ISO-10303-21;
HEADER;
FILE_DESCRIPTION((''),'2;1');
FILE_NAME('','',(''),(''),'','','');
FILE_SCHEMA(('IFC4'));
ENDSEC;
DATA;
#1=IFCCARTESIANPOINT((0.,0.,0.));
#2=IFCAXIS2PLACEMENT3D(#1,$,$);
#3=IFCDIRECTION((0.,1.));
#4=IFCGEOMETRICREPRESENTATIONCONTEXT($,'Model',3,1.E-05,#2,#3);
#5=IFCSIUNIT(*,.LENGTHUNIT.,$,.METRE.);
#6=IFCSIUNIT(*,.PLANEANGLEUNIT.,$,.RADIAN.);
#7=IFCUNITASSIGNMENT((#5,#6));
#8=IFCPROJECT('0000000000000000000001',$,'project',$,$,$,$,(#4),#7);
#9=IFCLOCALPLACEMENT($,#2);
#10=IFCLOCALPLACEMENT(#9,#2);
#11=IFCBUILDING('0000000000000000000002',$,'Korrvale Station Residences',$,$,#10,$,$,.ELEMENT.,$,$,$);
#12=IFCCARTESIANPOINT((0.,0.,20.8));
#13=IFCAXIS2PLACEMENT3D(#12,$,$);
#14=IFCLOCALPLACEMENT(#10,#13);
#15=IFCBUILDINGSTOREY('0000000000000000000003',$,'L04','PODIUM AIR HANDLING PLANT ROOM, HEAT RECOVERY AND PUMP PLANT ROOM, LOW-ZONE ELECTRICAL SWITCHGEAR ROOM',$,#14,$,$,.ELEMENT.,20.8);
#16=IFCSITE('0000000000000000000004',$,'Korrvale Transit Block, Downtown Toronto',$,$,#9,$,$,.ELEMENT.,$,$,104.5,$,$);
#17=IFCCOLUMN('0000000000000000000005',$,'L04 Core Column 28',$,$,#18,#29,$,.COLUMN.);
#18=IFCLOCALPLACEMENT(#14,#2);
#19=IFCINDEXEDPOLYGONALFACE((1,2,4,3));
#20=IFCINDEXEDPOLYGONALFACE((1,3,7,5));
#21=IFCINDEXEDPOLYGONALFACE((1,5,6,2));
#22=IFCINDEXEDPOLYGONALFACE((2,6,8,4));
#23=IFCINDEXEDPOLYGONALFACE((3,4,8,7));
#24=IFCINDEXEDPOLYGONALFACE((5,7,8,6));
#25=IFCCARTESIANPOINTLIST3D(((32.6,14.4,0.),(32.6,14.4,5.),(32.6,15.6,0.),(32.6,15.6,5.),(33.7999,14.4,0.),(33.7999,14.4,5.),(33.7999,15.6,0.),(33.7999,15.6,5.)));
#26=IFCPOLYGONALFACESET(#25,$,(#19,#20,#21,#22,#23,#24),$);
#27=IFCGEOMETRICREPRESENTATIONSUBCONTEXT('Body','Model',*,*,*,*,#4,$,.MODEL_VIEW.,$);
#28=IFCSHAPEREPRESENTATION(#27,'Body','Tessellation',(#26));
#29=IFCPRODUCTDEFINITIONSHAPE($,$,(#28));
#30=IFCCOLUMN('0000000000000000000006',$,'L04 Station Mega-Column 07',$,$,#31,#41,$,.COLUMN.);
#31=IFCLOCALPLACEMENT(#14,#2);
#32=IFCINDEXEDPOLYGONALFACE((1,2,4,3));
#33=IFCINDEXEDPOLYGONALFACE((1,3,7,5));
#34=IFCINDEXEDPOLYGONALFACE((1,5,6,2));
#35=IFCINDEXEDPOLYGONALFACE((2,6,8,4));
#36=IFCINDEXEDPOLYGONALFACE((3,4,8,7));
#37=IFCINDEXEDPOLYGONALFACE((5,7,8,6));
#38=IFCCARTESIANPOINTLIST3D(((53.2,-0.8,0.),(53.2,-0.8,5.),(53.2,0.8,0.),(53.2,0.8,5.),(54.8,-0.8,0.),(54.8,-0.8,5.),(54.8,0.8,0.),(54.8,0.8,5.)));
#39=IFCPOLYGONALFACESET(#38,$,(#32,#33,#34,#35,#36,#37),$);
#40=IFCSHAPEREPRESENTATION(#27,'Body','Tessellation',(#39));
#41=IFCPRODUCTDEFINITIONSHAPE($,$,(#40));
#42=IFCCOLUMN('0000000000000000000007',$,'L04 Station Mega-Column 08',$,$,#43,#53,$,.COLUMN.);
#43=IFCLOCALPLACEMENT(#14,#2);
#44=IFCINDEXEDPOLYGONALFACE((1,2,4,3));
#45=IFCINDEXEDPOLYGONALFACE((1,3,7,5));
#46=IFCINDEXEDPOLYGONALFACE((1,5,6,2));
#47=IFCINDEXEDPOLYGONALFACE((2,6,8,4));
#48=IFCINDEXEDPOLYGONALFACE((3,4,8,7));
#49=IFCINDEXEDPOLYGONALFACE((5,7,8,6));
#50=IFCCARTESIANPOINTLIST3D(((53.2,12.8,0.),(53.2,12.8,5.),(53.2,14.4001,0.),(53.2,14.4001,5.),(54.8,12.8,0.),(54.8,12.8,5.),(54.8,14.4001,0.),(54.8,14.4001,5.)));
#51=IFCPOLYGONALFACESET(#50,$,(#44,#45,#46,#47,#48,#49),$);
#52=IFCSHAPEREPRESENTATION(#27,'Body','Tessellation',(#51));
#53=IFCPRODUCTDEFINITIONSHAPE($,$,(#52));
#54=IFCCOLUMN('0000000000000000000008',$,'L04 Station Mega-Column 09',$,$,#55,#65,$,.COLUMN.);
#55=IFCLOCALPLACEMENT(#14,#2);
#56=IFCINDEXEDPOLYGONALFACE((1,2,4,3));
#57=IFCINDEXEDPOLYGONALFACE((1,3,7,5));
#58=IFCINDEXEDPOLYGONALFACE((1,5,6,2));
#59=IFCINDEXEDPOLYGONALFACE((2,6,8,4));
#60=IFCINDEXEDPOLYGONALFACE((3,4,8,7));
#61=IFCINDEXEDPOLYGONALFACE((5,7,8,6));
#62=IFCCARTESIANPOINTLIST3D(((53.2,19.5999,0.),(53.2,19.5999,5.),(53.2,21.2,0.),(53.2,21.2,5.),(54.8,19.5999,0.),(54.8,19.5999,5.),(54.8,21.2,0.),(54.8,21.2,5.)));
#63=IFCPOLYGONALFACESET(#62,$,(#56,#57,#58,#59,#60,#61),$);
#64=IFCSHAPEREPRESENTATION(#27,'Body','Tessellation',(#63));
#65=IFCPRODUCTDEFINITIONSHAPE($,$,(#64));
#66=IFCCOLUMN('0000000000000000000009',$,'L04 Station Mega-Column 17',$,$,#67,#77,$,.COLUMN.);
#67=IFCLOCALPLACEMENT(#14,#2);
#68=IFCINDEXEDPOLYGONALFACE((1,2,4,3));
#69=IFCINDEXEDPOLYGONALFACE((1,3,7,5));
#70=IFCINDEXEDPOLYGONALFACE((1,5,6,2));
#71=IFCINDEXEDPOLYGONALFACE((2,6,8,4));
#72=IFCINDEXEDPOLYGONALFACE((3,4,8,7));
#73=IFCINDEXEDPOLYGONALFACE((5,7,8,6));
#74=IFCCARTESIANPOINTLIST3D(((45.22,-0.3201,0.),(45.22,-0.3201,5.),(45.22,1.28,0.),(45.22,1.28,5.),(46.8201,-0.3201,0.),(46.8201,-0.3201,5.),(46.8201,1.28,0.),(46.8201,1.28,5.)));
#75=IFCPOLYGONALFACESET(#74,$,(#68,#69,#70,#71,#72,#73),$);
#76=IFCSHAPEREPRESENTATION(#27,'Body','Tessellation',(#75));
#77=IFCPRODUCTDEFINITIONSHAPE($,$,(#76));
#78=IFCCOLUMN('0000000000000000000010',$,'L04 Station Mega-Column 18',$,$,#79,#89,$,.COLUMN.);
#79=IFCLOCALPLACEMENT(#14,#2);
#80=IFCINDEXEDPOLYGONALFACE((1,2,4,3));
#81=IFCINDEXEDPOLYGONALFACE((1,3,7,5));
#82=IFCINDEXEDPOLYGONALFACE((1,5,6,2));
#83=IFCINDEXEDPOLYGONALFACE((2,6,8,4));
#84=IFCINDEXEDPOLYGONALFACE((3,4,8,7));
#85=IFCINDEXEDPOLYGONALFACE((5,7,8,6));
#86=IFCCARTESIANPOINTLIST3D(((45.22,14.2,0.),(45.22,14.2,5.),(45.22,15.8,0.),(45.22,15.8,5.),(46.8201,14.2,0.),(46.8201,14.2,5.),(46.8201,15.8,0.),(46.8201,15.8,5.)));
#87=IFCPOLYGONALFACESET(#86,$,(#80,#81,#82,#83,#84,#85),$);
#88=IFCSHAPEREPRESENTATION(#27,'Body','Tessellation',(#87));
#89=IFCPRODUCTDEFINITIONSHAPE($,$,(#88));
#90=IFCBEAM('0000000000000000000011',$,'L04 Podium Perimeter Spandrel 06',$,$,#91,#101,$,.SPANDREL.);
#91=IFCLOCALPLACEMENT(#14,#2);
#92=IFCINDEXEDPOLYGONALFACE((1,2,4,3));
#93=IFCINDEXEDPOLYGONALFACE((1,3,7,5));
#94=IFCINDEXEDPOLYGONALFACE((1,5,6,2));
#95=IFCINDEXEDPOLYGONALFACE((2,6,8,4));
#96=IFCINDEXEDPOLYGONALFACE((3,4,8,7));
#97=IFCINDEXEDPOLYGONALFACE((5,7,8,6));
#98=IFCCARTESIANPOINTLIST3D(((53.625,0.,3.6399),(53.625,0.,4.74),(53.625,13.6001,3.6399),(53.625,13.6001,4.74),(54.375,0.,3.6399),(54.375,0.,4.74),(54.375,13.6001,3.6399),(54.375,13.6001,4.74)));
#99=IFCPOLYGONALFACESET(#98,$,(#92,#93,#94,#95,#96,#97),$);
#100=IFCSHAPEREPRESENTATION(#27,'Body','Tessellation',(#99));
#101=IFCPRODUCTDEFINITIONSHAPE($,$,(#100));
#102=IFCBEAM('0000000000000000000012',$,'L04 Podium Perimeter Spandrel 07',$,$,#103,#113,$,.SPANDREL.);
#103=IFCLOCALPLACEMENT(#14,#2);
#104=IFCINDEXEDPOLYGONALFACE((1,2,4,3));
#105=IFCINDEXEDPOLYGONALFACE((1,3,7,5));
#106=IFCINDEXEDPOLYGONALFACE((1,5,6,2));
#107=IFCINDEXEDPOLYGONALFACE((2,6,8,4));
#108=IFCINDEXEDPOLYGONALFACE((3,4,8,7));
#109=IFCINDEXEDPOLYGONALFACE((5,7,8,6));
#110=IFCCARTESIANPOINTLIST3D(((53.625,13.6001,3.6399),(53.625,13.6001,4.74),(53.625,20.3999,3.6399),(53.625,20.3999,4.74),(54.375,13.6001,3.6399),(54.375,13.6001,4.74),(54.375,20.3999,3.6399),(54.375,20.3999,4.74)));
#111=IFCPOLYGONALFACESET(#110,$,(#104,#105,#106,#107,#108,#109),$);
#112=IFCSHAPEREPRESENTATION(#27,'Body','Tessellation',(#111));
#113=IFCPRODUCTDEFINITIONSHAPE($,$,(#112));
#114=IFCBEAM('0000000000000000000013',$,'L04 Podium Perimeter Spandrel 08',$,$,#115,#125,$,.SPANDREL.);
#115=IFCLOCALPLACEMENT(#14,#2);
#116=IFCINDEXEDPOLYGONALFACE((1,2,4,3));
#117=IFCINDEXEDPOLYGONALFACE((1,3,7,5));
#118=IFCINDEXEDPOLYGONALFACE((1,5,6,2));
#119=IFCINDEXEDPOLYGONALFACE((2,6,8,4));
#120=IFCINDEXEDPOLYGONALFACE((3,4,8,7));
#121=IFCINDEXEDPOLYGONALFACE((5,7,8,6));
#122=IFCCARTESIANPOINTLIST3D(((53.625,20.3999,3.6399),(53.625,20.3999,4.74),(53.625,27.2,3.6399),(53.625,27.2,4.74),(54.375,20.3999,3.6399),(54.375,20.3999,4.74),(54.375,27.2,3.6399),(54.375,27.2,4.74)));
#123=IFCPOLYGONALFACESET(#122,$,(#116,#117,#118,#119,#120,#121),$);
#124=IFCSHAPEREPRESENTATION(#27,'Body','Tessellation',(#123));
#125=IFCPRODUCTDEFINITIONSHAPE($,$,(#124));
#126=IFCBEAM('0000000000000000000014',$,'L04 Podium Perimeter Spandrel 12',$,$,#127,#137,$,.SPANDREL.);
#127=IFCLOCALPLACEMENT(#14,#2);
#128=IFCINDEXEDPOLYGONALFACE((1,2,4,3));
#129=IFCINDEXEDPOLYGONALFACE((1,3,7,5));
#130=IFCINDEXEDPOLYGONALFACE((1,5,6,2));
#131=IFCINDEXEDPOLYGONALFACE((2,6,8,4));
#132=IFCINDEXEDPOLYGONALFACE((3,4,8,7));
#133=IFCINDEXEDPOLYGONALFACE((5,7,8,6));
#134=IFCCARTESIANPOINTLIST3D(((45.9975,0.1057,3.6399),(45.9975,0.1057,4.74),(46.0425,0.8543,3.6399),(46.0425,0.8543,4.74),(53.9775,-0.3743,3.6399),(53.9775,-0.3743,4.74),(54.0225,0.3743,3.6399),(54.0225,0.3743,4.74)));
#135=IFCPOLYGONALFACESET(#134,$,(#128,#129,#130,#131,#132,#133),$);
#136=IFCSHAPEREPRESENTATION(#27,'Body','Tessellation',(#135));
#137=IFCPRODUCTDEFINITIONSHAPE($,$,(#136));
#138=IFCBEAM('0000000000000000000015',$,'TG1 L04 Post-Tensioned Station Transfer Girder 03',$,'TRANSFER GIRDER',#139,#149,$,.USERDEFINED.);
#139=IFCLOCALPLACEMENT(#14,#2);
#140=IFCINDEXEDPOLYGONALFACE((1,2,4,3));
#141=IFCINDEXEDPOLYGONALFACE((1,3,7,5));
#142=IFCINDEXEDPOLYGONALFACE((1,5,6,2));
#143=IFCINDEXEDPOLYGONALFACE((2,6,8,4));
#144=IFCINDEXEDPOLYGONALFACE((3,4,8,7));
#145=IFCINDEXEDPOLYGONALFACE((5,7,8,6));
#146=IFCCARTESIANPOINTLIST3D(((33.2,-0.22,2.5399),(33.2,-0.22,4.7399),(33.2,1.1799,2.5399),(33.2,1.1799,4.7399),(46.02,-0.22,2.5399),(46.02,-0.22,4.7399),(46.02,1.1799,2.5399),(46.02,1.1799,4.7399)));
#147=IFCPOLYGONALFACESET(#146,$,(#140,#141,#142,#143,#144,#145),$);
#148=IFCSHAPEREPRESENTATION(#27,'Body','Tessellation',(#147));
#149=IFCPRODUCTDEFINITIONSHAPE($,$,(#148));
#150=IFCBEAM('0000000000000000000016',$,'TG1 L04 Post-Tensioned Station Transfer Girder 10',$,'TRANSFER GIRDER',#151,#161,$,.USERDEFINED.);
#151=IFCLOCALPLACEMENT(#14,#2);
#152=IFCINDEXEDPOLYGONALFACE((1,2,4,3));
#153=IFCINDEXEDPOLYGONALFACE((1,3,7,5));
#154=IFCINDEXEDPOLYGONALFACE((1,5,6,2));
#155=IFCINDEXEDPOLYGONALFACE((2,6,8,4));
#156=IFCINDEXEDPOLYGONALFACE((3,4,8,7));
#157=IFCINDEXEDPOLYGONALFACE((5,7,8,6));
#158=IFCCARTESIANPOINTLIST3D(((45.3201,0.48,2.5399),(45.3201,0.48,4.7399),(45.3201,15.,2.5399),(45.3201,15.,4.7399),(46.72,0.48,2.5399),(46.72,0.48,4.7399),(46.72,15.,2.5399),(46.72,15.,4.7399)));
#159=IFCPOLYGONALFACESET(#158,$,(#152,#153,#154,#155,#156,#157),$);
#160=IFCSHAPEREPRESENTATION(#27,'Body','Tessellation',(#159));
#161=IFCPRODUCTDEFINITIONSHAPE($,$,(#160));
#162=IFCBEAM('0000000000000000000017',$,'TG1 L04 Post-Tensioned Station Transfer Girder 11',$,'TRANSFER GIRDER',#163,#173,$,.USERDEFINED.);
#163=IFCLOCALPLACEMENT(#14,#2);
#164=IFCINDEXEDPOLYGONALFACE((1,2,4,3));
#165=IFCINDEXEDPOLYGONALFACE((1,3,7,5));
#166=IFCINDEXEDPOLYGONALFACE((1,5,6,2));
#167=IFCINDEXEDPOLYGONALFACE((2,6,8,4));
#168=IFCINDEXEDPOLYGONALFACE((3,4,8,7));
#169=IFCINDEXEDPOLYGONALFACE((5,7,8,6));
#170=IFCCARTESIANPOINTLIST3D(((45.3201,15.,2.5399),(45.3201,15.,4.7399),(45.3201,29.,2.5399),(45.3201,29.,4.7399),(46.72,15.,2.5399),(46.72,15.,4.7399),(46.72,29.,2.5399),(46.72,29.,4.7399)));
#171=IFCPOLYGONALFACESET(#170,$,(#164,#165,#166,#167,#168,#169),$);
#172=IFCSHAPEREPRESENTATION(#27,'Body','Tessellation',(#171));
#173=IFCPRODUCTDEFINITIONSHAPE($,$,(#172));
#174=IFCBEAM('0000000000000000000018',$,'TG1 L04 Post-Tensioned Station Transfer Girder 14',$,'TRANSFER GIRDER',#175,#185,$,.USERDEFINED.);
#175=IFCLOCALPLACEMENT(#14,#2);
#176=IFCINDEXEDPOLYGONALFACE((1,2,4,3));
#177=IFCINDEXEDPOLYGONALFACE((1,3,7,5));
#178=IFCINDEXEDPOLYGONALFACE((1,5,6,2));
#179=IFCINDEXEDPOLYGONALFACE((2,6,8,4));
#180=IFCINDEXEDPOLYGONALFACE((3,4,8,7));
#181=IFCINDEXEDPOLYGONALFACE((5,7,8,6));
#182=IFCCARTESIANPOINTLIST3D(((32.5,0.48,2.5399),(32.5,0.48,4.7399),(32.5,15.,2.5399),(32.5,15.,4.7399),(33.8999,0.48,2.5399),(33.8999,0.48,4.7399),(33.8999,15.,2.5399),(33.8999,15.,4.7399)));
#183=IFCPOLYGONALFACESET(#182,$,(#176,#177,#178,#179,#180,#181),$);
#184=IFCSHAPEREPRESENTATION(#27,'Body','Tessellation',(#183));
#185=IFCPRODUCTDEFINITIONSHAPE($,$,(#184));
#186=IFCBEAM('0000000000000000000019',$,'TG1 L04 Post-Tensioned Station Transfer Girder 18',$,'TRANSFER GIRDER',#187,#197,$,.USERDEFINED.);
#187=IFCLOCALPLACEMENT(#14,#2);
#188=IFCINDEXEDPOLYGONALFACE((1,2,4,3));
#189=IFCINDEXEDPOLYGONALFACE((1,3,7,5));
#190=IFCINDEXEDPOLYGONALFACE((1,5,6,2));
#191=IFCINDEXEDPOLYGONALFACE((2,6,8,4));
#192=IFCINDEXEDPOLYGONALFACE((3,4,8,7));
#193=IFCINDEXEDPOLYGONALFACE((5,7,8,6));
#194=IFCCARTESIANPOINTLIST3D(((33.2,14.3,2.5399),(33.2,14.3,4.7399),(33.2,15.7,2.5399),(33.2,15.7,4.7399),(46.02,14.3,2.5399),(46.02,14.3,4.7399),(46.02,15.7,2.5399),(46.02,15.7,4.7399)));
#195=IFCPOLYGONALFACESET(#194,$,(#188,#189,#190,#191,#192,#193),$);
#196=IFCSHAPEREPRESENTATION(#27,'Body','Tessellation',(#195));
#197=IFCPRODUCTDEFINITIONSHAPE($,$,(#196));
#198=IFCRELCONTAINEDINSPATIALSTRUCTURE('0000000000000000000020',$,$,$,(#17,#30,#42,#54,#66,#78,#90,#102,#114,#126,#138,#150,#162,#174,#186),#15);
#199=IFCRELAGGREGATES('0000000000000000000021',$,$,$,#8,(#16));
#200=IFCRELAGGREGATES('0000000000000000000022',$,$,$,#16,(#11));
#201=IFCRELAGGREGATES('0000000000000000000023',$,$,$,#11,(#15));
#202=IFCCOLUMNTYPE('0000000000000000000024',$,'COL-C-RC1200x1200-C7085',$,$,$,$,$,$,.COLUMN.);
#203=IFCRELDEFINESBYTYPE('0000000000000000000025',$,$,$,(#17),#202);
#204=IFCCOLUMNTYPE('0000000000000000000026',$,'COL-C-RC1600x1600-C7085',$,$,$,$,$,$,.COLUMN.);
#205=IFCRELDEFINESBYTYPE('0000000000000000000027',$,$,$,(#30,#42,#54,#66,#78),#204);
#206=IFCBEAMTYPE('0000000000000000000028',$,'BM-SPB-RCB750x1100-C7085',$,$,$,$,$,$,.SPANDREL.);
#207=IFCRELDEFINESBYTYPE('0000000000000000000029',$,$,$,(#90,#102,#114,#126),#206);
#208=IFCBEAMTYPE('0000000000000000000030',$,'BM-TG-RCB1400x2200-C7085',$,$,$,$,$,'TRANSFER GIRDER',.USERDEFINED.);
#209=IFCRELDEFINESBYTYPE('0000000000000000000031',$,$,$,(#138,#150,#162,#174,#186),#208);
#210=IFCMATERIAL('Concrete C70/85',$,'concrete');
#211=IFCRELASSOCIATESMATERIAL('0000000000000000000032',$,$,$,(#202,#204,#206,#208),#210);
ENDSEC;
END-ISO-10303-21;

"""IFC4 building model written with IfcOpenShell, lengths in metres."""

from ifc_helpers import new_model, si_unit, direction, frame, origin, origin_2d, place, context, subcontext, project, spatial, rectangle, extrude, material, material_profile, profile_set, type_object, element, save


model = new_model("IFC4")

# Units and contexts
model_context = context("Model", 3, precision=1e-05, world=origin(), true_north=direction((0.0, 1.0)))
body_context = subcontext(model_context, "Body", "Model", "MODEL_VIEW")
ifc_project = project(units=[si_unit("LENGTHUNIT", "METRE"), si_unit("PLANEANGLEUNIT", "RADIAN")], contexts=[model_context])

# Site, building, storey
site_placement = place(None, origin())
site = spatial("IfcSite", under=ifc_project, at=site_placement, Name="Korrvale Transit Block, Downtown Toronto", CompositionType="ELEMENT", RefElevation=104.5)
building_placement = place(site_placement, origin())
building = spatial("IfcBuilding", under=site, at=building_placement, Name="Korrvale Station Residences", CompositionType="ELEMENT")
storey_placement = place(building_placement, frame((0.0, 0.0, 20.8)))
storey = spatial("IfcBuildingStorey", under=building, at=storey_placement, Name="L04", Description="PODIUM AIR HANDLING PLANT ROOM, HEAT RECOVERY AND PUMP PLANT ROOM, LOW-ZONE ELECTRICAL SWITCHGEAR ROOM", CompositionType="ELEMENT", Elevation=20.8)

# Columns
ifc_material_1 = material(Name="Concrete C70/85", Category="concrete")
ifc_material_profile_1 = material_profile(ifc_material_1, rectangle(XDim=1.2, YDim=1.2, at=origin_2d()), Name="RC1200x1200")
ifc_profile_set_1 = profile_set([ifc_material_profile_1], Name="Concrete C70/85")
column_type_1 = type_object("IfcColumnType", Name="COL-C-RC1200x1200-C7085", PredefinedType="COLUMN", material=ifc_profile_set_1)
column_placement = place(storey_placement, frame((33.2, 15.0, 0.0), z_axis=(0.0, 0.0, 1.0), x_axis=(1.0, 0.0, 0.0)))
element("IfcColumn", 1, at=column_placement, inside=storey, type_object=column_type_1, Name="L04 Core Column 28", PredefinedType="COLUMN", context=body_context, shape_type="SweptSolid", body=[
    extrude(rectangle(XDim=1.2, YDim=1.2, at=origin_2d()), origin(), (0.0, 0.0, 1.0), 5.0),
])
ifc_material_profile_2 = material_profile(ifc_material_1, rectangle(XDim=1.6001, YDim=1.6001, at=origin_2d()), Name="RC1600x1600")
ifc_profile_set_2 = profile_set([ifc_material_profile_2], Name="Concrete C70/85")
column_type_2 = type_object("IfcColumnType", Name="COL-C-RC1600x1600-C7085", PredefinedType="COLUMN", material=ifc_profile_set_2)
for number, where, z_axis, x_axis, name in (
    (2, (54.0, 0.0, 0.0), (0.0, 0.0, 1.0), (1.0, 0.0, 0.0), "L04 Station Mega-Column 07"),
    (3, (54.0, 13.6001, 0.0), (0.0, 0.0, 1.0), (1.0, 0.0, 0.0), "L04 Station Mega-Column 08"),
    (4, (54.0, 20.3999, 0.0), (0.0, 0.0, 1.0), (1.0, 0.0, 0.0), "L04 Station Mega-Column 09"),
    (5, (46.02, 0.48, 0.0), (0.0, 0.0, 1.0), (1.0, 0.0, 0.0), "L04 Station Mega-Column 17"),
    (6, (46.02, 15.0, 0.0), (0.0, 0.0, 1.0), (1.0, 0.0, 0.0), "L04 Station Mega-Column 18"),
):
    element("IfcColumn", number, at=place(storey_placement, frame(where, z_axis=z_axis, x_axis=x_axis)), inside=storey, type_object=column_type_2, Name=name, PredefinedType="COLUMN", context=body_context, shape_type="SweptSolid", body=[
        extrude(rectangle(XDim=1.6001, YDim=1.6001, at=origin_2d()), origin(), (0.0, 0.0, 1.0), 5.0),
    ])

# Beams
ifc_material_profile_3 = material_profile(ifc_material_1, rectangle(XDim=0.75, YDim=1.1001, at=origin_2d()), Name="RCB750x1100")
ifc_profile_set_3 = profile_set([ifc_material_profile_3], Name="Concrete C70/85")
beam_type_1 = type_object("IfcBeamType", Name="BM-SPB-RCB750x1100-C7085", PredefinedType="SPANDREL", material=ifc_profile_set_3)
beam_1_placement = place(storey_placement, frame((54.0, 0.0, 4.1899), z_axis=(0.0, 1.0, 0.0), x_axis=(-1.0, 0.0, 0.0)))
element("IfcBeam", 7, at=beam_1_placement, inside=storey, type_object=beam_type_1, Name="L04 Podium Perimeter Spandrel 06", PredefinedType="SPANDREL", context=body_context, shape_type="SweptSolid", body=[
    extrude(rectangle(XDim=0.75, YDim=1.1001, at=origin_2d()), origin(), (0.0, 0.0, 1.0), 13.6001),
])
beam_2_placement = place(storey_placement, frame((54.0, 13.6001, 4.1899), z_axis=(0.0, 1.0, 0.0), x_axis=(-1.0, 0.0, 0.0)))
element("IfcBeam", 8, at=beam_2_placement, inside=storey, type_object=beam_type_1, Name="L04 Podium Perimeter Spandrel 07", PredefinedType="SPANDREL", context=body_context, shape_type="SweptSolid", body=[
    extrude(rectangle(XDim=0.75, YDim=1.1001, at=origin_2d()), origin(), (0.0, 0.0, 1.0), 6.7998),
])
beam_3_placement = place(storey_placement, frame((54.0, 20.3999, 4.1899), z_axis=(0.0, 1.0, 0.0), x_axis=(-1.0, 0.0, 0.0)))
element("IfcBeam", 9, at=beam_3_placement, inside=storey, type_object=beam_type_1, Name="L04 Podium Perimeter Spandrel 08", PredefinedType="SPANDREL", context=body_context, shape_type="SweptSolid", body=[
    extrude(rectangle(XDim=0.75, YDim=1.1001, at=origin_2d()), origin(), (0.0, 0.0, 1.0), 6.8),
])
beam_4_placement = place(storey_placement, frame((46.02, 0.48, 4.1899), z_axis=(0.998196, -0.06004, 0.0), x_axis=(0.06004, 0.998196, 0.0)))
element("IfcBeam", 10, at=beam_4_placement, inside=storey, type_object=beam_type_1, Name="L04 Podium Perimeter Spandrel 12", PredefinedType="SPANDREL", context=body_context, shape_type="SweptSolid", body=[
    extrude(rectangle(XDim=0.75, YDim=1.1001, at=origin_2d()), origin(), (0.0, 0.0, 1.0), 7.9944),
])
ifc_material_profile_4 = material_profile(ifc_material_1, rectangle(XDim=1.3999, YDim=2.2, at=origin_2d()), Name="RCB1400x2200")
ifc_profile_set_4 = profile_set([ifc_material_profile_4], Name="Concrete C70/85")
beam_type_2 = type_object("IfcBeamType", Name="BM-TG-RCB1400x2200-C7085", ElementType="TRANSFER GIRDER", PredefinedType="USERDEFINED", material=ifc_profile_set_4)
beam_5_placement = place(storey_placement, frame((33.2, 0.48, 3.6399), z_axis=(1.0, 0.0, 0.0), x_axis=(0.0, 1.0, 0.0)))
element("IfcBeam", 11, at=beam_5_placement, inside=storey, type_object=beam_type_2, Name="TG1 L04 Post-Tensioned Station Transfer Girder 03", ObjectType="TRANSFER GIRDER", PredefinedType="USERDEFINED", context=body_context, shape_type="SweptSolid", body=[
    extrude(rectangle(XDim=1.3999, YDim=2.2, at=origin_2d()), origin(), (0.0, 0.0, 1.0), 12.8201),
])
beam_6_placement = place(storey_placement, frame((46.02, 0.48, 3.6399), z_axis=(0.0, 1.0, 0.0), x_axis=(-1.0, 0.0, 0.0)))
element("IfcBeam", 12, at=beam_6_placement, inside=storey, type_object=beam_type_2, Name="TG1 L04 Post-Tensioned Station Transfer Girder 10", ObjectType="TRANSFER GIRDER", PredefinedType="USERDEFINED", context=body_context, shape_type="SweptSolid", body=[
    extrude(rectangle(XDim=1.3999, YDim=2.2, at=origin_2d()), origin(), (0.0, 0.0, 1.0), 14.52),
])
beam_7_placement = place(storey_placement, frame((46.02, 15.0, 3.6399), z_axis=(0.0, 1.0, 0.0), x_axis=(-1.0, 0.0, 0.0)))
element("IfcBeam", 13, at=beam_7_placement, inside=storey, type_object=beam_type_2, Name="TG1 L04 Post-Tensioned Station Transfer Girder 11", ObjectType="TRANSFER GIRDER", PredefinedType="USERDEFINED", context=body_context, shape_type="SweptSolid", body=[
    extrude(rectangle(XDim=1.3999, YDim=2.2, at=origin_2d()), origin(), (0.0, 0.0, 1.0), 14.0),
])
beam_8_placement = place(storey_placement, frame((33.2, 0.48, 3.6399), z_axis=(0.0, 1.0, 0.0), x_axis=(-1.0, 0.0, 0.0)))
element("IfcBeam", 14, at=beam_8_placement, inside=storey, type_object=beam_type_2, Name="TG1 L04 Post-Tensioned Station Transfer Girder 14", ObjectType="TRANSFER GIRDER", PredefinedType="USERDEFINED", context=body_context, shape_type="SweptSolid", body=[
    extrude(rectangle(XDim=1.3999, YDim=2.2, at=origin_2d()), origin(), (0.0, 0.0, 1.0), 14.52),
])
beam_9_placement = place(storey_placement, frame((33.2, 15.0, 3.6399), z_axis=(1.0, 0.0, 0.0), x_axis=(0.0, 1.0, 0.0)))
element("IfcBeam", 15, at=beam_9_placement, inside=storey, type_object=beam_type_2, Name="TG1 L04 Post-Tensioned Station Transfer Girder 18", ObjectType="TRANSFER GIRDER", PredefinedType="USERDEFINED", context=body_context, shape_type="SweptSolid", body=[
    extrude(rectangle(XDim=1.3999, YDim=2.2, at=origin_2d()), origin(), (0.0, 0.0, 1.0), 12.8201),
])

save(model, "model.ifc")
